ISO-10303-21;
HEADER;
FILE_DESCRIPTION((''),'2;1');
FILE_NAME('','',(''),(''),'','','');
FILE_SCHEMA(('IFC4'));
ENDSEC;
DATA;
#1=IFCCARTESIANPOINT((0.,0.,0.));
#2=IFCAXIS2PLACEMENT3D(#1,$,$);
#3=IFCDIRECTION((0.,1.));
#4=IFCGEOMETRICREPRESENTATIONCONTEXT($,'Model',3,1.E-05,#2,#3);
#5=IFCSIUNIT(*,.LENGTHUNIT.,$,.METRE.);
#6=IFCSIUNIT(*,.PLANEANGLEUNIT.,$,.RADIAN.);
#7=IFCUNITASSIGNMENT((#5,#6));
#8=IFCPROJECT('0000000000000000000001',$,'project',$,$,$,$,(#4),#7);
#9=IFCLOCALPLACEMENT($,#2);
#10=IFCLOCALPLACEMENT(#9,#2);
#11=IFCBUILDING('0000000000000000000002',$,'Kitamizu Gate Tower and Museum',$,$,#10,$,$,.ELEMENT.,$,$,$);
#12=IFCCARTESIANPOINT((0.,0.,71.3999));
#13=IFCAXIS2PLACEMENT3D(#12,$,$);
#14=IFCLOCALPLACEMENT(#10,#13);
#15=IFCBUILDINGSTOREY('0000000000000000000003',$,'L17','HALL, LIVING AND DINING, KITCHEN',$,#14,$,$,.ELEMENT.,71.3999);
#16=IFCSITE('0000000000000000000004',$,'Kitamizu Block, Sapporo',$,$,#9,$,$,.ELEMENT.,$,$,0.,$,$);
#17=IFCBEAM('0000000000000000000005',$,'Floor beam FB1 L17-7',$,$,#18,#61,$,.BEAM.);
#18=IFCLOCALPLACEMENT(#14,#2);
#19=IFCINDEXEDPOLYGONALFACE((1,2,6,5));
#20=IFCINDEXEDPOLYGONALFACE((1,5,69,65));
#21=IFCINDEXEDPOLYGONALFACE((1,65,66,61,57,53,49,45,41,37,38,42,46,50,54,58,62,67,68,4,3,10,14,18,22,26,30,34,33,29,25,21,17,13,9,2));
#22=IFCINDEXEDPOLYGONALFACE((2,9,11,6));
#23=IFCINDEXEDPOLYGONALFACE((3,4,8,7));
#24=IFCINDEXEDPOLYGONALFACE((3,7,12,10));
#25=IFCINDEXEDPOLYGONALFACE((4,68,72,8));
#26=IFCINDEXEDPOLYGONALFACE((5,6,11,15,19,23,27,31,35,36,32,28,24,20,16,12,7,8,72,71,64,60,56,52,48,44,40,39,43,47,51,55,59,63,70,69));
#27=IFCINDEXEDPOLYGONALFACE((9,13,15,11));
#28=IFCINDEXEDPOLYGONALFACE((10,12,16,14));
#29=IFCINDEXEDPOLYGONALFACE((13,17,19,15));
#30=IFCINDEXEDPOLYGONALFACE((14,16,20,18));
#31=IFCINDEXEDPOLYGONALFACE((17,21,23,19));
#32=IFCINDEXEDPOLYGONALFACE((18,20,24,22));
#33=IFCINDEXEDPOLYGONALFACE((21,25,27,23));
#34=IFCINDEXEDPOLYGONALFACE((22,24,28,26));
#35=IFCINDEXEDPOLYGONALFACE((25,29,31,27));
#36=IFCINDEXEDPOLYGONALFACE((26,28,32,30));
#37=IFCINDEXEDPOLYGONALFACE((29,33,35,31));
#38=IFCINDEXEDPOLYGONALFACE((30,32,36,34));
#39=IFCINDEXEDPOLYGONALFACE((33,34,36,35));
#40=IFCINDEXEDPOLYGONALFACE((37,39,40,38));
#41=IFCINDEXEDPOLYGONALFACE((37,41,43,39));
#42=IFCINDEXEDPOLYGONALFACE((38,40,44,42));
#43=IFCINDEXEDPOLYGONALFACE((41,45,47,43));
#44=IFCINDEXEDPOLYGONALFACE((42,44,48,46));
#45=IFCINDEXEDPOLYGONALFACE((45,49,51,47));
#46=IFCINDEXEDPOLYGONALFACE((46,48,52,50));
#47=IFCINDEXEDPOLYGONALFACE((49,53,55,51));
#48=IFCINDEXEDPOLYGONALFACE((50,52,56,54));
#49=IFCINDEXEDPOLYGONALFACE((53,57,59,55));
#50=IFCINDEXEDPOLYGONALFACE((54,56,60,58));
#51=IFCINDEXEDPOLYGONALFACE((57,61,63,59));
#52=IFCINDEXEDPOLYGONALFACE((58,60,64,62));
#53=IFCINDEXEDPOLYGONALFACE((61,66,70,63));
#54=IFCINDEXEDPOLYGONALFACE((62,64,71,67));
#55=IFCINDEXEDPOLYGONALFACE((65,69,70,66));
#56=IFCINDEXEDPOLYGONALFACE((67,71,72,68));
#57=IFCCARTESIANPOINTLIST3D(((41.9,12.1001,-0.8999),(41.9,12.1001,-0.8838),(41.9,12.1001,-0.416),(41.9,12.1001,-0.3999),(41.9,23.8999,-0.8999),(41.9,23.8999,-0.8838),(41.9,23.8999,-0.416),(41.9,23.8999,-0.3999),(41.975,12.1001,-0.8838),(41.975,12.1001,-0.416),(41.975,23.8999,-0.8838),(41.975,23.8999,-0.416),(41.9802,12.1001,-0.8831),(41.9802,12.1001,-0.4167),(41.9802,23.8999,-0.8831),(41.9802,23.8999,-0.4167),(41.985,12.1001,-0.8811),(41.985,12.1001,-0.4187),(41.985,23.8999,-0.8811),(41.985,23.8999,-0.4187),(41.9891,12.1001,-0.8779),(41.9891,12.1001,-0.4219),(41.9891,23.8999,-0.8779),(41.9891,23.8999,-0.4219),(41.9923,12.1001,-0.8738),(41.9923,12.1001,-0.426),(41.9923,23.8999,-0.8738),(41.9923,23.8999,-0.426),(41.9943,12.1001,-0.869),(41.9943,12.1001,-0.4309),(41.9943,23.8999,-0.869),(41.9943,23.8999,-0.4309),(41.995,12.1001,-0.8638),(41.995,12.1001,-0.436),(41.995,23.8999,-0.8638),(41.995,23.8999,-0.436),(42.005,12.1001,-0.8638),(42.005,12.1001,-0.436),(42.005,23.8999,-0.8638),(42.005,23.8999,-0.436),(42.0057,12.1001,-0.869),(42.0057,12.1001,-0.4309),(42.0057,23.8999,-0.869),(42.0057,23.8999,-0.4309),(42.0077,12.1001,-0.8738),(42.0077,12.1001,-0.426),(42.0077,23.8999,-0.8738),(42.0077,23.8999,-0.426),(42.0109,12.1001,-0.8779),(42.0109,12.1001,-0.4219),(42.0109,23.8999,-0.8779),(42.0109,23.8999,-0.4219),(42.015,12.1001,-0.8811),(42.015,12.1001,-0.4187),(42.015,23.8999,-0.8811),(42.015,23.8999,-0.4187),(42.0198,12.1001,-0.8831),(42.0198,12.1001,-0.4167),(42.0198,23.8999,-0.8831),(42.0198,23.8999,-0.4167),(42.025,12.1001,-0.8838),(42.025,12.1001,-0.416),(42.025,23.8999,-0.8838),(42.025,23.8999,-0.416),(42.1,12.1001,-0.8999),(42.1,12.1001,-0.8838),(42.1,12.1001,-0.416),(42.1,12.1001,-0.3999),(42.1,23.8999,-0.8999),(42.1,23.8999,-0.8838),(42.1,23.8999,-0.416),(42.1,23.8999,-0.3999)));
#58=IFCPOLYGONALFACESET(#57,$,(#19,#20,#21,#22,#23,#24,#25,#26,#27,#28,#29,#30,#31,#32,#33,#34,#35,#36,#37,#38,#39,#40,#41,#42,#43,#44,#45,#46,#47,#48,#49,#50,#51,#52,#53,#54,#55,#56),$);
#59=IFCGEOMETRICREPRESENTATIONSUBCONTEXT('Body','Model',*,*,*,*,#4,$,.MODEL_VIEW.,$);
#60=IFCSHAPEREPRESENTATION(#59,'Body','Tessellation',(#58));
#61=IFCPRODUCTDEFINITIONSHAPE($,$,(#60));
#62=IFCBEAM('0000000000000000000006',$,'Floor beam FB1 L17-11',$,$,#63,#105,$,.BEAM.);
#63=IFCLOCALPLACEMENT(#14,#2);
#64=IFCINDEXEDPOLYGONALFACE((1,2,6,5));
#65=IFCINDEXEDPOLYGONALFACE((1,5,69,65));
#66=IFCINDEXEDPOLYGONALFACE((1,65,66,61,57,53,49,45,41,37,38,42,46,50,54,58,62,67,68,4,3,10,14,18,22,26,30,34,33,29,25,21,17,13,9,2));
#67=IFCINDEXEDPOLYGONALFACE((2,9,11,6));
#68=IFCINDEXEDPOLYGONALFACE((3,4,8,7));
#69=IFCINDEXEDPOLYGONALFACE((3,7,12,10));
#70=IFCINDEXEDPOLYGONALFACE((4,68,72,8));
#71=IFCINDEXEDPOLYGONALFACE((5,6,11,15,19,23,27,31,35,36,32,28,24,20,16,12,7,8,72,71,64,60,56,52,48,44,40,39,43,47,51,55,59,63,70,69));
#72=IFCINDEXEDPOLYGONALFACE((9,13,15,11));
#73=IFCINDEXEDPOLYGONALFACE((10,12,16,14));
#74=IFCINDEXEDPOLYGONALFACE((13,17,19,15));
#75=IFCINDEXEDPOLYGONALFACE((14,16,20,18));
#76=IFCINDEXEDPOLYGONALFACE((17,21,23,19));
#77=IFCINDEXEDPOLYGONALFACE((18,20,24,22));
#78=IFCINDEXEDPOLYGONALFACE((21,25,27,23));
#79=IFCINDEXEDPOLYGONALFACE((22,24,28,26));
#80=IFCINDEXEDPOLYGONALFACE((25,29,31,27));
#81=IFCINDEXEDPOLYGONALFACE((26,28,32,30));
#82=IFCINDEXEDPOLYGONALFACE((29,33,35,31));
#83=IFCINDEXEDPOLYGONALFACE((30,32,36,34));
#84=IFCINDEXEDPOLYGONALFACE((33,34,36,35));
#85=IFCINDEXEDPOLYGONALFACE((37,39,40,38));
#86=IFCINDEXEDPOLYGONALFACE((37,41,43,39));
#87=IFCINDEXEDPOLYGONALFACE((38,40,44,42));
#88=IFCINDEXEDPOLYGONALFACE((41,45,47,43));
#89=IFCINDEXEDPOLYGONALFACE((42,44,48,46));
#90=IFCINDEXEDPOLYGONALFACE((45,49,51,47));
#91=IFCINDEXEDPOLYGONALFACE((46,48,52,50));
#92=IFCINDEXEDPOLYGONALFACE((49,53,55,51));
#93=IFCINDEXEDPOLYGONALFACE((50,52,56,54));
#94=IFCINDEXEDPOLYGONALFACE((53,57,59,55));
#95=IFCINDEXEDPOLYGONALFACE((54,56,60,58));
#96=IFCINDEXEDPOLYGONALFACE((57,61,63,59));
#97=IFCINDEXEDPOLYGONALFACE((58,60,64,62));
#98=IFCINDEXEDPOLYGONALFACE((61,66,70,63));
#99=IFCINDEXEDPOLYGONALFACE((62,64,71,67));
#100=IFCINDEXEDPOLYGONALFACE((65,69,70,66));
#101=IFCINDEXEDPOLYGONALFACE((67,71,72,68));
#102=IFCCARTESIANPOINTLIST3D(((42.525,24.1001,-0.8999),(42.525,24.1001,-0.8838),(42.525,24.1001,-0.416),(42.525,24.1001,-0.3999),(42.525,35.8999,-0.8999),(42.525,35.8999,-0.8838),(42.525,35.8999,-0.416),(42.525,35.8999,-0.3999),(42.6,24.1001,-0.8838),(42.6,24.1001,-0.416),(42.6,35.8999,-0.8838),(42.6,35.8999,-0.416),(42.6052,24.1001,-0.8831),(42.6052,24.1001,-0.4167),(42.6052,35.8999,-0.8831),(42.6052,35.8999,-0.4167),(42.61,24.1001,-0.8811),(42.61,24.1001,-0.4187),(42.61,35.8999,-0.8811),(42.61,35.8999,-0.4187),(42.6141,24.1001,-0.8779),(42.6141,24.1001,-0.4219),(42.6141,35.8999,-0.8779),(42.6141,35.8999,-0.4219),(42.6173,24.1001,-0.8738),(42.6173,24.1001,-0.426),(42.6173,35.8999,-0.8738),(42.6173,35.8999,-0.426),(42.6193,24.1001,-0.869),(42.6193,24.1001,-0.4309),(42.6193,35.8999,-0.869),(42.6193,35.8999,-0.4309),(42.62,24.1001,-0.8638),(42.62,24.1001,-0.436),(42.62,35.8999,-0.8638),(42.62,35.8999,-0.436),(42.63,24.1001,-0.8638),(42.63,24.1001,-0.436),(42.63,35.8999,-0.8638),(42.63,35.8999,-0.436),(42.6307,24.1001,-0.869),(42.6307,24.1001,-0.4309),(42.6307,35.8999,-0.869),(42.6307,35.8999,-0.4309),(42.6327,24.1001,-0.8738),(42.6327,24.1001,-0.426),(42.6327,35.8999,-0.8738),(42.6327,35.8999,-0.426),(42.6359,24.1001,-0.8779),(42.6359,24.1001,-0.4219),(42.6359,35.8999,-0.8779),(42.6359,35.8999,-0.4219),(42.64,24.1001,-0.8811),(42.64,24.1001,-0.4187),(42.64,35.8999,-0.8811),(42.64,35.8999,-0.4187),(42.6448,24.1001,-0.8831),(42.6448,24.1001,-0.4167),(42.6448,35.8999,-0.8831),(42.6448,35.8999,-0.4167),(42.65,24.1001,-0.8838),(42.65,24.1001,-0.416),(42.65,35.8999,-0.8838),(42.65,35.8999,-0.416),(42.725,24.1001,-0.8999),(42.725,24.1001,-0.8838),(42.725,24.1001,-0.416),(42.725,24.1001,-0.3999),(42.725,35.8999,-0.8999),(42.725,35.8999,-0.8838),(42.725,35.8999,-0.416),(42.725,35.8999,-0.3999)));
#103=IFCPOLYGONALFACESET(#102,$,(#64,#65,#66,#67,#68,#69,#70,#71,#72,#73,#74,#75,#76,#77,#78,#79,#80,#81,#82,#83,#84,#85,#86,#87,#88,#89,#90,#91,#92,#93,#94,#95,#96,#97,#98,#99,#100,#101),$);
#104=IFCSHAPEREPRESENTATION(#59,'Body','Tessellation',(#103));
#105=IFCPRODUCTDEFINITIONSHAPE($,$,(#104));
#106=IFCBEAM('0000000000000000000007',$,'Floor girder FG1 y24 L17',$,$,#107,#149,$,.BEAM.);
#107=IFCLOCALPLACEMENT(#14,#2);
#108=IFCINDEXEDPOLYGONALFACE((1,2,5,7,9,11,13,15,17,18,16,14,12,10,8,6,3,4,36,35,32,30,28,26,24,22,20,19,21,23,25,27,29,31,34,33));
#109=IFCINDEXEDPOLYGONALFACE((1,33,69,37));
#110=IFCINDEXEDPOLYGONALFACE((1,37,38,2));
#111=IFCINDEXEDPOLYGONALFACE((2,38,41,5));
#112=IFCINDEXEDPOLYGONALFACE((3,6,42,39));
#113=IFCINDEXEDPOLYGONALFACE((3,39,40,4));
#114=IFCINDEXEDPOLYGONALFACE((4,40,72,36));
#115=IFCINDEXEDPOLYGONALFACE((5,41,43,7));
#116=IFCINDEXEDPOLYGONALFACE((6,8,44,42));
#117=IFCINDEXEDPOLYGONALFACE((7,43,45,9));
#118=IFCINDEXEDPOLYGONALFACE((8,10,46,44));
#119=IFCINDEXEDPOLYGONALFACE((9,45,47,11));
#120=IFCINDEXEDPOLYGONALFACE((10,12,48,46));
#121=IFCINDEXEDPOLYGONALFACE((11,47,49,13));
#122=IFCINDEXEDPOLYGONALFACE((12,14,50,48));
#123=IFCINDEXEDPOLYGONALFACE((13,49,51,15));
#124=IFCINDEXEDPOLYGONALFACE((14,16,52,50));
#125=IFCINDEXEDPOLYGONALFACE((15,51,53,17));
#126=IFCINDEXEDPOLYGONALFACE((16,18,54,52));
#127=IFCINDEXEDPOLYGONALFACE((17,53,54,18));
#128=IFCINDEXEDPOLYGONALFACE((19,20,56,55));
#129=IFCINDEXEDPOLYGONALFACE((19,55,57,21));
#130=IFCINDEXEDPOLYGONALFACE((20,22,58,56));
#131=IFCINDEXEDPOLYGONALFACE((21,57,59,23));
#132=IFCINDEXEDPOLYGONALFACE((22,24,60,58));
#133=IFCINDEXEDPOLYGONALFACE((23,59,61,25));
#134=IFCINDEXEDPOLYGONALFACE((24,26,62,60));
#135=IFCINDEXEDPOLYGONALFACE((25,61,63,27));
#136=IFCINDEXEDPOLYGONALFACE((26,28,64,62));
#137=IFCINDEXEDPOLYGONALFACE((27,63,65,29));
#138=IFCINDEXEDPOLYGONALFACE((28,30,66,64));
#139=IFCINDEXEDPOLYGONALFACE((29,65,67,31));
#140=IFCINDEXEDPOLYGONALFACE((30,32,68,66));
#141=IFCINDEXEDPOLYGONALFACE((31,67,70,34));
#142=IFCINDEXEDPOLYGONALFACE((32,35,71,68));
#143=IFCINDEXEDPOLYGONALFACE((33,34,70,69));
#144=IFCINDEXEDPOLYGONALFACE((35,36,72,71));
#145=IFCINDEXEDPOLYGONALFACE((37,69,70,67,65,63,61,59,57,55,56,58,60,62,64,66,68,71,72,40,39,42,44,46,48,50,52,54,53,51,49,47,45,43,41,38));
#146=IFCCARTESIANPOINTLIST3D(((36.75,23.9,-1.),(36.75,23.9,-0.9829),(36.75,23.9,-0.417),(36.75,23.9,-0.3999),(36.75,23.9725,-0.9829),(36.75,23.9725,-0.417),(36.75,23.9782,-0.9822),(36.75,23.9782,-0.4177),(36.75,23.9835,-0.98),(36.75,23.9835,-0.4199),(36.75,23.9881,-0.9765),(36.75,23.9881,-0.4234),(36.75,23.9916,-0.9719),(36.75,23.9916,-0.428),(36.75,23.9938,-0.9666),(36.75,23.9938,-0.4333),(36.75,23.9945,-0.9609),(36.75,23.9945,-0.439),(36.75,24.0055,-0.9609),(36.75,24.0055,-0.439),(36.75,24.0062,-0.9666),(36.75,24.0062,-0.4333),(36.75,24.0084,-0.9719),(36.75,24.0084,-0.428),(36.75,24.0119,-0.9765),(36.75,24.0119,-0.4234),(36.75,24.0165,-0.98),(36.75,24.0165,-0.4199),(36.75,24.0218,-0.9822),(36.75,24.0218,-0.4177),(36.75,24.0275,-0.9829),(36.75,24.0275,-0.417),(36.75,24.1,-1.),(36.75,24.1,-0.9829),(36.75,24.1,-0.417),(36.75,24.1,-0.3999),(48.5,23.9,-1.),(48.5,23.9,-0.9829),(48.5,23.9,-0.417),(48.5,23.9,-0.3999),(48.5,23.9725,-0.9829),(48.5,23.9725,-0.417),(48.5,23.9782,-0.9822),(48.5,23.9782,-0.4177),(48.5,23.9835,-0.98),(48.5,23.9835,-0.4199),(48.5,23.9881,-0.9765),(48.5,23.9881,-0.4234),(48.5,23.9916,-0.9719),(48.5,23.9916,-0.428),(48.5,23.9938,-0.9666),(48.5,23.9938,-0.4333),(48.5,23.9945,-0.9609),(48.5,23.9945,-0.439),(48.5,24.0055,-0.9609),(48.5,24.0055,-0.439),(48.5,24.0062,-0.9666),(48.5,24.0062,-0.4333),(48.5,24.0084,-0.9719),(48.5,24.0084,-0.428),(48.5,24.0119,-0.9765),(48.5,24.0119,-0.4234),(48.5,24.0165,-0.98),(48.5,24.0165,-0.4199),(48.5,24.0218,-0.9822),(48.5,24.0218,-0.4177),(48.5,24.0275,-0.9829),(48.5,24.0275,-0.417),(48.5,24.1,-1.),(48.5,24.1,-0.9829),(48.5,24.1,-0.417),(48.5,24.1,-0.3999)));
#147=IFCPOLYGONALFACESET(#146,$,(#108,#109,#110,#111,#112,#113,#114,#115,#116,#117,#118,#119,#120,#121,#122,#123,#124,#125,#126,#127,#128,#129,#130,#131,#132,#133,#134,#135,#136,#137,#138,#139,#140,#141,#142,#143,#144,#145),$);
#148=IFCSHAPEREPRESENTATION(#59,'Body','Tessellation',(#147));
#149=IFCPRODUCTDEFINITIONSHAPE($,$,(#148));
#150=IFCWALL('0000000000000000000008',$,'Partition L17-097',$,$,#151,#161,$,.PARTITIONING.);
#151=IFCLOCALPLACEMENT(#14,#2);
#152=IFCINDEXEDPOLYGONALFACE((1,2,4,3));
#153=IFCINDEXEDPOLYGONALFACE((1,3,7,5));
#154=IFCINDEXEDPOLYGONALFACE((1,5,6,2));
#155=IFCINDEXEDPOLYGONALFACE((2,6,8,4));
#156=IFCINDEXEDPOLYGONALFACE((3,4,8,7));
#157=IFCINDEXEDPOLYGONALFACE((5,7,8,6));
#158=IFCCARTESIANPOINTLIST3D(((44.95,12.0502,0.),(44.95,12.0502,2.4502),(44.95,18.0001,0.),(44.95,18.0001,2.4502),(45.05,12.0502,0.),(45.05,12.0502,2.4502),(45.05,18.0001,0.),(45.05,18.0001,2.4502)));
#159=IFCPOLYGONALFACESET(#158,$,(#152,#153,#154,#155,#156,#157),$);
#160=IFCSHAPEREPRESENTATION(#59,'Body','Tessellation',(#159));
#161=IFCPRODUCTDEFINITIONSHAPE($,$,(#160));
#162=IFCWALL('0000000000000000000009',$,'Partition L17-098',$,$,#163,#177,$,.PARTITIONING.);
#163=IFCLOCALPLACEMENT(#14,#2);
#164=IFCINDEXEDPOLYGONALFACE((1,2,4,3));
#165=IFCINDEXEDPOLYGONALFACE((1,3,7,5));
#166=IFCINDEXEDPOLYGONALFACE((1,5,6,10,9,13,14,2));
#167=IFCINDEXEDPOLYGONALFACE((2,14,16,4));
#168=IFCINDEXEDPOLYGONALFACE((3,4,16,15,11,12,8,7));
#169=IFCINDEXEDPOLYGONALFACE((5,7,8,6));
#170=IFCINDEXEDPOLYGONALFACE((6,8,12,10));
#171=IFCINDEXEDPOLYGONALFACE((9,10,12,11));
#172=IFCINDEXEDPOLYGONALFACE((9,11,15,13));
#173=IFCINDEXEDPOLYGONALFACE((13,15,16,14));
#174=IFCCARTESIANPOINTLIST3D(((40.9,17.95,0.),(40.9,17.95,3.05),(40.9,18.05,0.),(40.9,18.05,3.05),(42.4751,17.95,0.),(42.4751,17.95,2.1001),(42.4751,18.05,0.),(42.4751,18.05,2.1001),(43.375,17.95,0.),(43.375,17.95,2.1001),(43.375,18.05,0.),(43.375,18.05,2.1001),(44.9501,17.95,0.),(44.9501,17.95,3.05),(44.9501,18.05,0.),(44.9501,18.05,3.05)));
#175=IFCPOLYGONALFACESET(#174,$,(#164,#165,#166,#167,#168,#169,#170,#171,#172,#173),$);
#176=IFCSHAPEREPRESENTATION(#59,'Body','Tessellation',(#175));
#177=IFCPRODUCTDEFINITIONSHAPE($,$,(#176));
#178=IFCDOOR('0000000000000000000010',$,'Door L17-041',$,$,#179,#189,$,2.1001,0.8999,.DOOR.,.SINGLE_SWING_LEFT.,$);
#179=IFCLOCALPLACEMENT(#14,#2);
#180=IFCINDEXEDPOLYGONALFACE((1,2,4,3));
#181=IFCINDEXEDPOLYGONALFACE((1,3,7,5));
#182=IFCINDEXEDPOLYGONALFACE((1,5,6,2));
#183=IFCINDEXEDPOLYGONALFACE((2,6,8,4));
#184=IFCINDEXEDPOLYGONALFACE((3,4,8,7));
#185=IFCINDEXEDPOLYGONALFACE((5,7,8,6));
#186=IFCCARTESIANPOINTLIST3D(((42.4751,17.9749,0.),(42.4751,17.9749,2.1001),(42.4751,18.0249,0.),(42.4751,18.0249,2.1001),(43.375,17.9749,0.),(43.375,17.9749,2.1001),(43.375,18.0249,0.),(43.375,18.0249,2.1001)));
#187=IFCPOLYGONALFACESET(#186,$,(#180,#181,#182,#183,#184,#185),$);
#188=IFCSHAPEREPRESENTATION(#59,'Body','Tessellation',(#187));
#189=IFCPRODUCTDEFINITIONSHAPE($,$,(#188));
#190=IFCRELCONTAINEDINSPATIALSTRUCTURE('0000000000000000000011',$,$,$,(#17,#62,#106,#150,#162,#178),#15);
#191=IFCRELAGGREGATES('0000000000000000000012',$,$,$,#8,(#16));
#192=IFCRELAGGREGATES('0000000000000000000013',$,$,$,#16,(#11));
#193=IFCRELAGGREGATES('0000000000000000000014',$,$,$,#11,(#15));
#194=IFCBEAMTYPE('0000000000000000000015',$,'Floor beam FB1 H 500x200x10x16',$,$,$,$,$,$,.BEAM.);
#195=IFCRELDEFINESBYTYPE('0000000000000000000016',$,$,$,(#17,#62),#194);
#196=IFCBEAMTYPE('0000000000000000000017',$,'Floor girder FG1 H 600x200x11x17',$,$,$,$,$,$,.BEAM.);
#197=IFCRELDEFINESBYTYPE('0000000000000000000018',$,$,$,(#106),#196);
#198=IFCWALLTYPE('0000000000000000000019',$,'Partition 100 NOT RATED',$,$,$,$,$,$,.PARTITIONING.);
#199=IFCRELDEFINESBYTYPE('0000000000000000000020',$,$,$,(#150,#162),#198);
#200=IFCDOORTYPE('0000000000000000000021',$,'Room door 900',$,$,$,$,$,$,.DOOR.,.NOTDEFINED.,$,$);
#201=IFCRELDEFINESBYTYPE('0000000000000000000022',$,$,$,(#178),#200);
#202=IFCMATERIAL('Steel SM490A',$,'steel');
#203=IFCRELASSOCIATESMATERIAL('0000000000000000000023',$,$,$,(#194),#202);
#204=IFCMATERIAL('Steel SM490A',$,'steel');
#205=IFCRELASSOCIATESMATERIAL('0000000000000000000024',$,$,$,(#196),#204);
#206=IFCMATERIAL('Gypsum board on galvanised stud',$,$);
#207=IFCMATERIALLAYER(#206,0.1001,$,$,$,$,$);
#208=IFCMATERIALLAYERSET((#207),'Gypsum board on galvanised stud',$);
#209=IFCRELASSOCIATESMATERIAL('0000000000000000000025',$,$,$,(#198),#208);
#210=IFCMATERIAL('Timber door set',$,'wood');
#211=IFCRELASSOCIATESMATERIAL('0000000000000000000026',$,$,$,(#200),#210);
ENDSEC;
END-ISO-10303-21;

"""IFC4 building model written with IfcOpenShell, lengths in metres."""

from ifc_helpers import new_model, si_unit, direction, frame, frame_2d, origin, origin_2d, place, context, subcontext, project, spatial, rectangle, i_section, extrude, material, layer, layer_set, material_profile, profile_set, type_object, element, fill, save


model = new_model("IFC4")

# Units and contexts
model_context = context("Model", 3, precision=1e-05, world=origin(), true_north=direction((0.0, 1.0)))
body_context = subcontext(model_context, "Body", "Model", "MODEL_VIEW")
ifc_project = project(units=[si_unit("LENGTHUNIT", "METRE"), si_unit("PLANEANGLEUNIT", "RADIAN")], contexts=[model_context])

# Site, building, storey
site_placement = place(None, origin())
site = spatial("IfcSite", under=ifc_project, at=site_placement, Name="Kitamizu Block, Sapporo", CompositionType="ELEMENT", RefElevation=0.0)
building_placement = place(site_placement, origin())
building = spatial("IfcBuilding", under=site, at=building_placement, Name="Kitamizu Gate Tower and Museum", CompositionType="ELEMENT")
storey_placement = place(building_placement, frame((0.0, 0.0, 71.3999)))
storey = spatial("IfcBuildingStorey", under=building, at=storey_placement, Name="L17", Description="HALL, LIVING AND DINING, KITCHEN", CompositionType="ELEMENT", Elevation=71.3999)

# Beams
ifc_material_1 = material(Name="Steel SM490A", Category="steel")
ifc_material_profile_1 = material_profile(ifc_material_1, i_section(OverallWidth=0.2, OverallDepth=0.5, WebThickness=0.01, FlangeThickness=0.0161, FilletRadius=0.02, at=origin_2d()), Name="H-500x200x10x16")
ifc_profile_set_1 = profile_set([ifc_material_profile_1], Name="Steel SM490A")
beam_type_1 = type_object("IfcBeamType", Name="Floor beam FB1 H 500x200x10x16", PredefinedType="BEAM", material=ifc_profile_set_1)
for number, where, z_axis, x_axis, name in (
    (1, (42.0, 12.1001, -0.6499), (0.0, 1.0, 0.0), (-1.0, 0.0, 0.0), "Floor beam FB1 L17-7"),
    (2, (42.625, 24.1001, -0.6499), (0.0, 1.0, 0.0), (-1.0, 0.0, 0.0), "Floor beam FB1 L17-11"),
):
    element("IfcBeam", number, at=place(storey_placement, frame(where, z_axis=z_axis, x_axis=x_axis)), inside=storey, type_object=beam_type_1, Name=name, PredefinedType="BEAM", context=body_context, shape_type="SweptSolid", body=[
        extrude(i_section(OverallWidth=0.2, OverallDepth=0.5, WebThickness=0.01, FlangeThickness=0.0161, FilletRadius=0.02, at=origin_2d()), origin(), (0.0, 0.0, 1.0), 11.7998),
    ])
ifc_material_2 = material(Name="Steel SM490A", Category="steel")
ifc_material_profile_2 = material_profile(ifc_material_2, i_section(OverallWidth=0.2, OverallDepth=0.6001, WebThickness=0.011, FlangeThickness=0.0171, FilletRadius=0.022, at=origin_2d()), Name="H-600x200x11x17")
ifc_profile_set_2 = profile_set([ifc_material_profile_2], Name="Steel SM490A")
beam_type_2 = type_object("IfcBeamType", Name="Floor girder FG1 H 600x200x11x17", PredefinedType="BEAM", material=ifc_profile_set_2)
beam_placement = place(storey_placement, frame((36.75, 24.0, -0.7), z_axis=(1.0, 0.0, 0.0), x_axis=(0.0, 1.0, 0.0)))
element("IfcBeam", 3, at=beam_placement, inside=storey, type_object=beam_type_2, Name="Floor girder FG1 y24 L17", PredefinedType="BEAM", context=body_context, shape_type="SweptSolid", body=[
    extrude(i_section(OverallWidth=0.2, OverallDepth=0.6001, WebThickness=0.011, FlangeThickness=0.0171, FilletRadius=0.022, at=origin_2d()), origin(), (0.0, 0.0, 1.0), 11.75),
])

# Wall
ifc_material_3 = material(Name="Gypsum board on galvanised stud")
ifc_layer_1 = layer(ifc_material_3, 0.1001)
ifc_layer_set_1 = layer_set([ifc_layer_1], Name="Gypsum board on galvanised stud")
wall_type_1 = type_object("IfcWallType", Name="Partition 100 NOT RATED", PredefinedType="PARTITIONING", material=ifc_layer_set_1)
wall_1_placement = place(storey_placement, frame((45.0, 12.05, 0.0), z_axis=(0.0, 0.0, 1.0), x_axis=(0.0, 1.0, 0.0)))
element("IfcWall", 4, at=wall_1_placement, inside=storey, type_object=wall_type_1, Name="Partition L17-097", PredefinedType="PARTITIONING", context=body_context, shape_type="SweptSolid", body=[
    extrude(rectangle(XDim=5.95, YDim=0.1001, at=frame_2d((2.9751, 0.0))), origin(), (0.0, 0.0, 1.0), 2.4502),
])

# Wall, opening, door
wall_2_placement = place(storey_placement, frame((44.95, 18.0, 0.0), z_axis=(0.0, 0.0, 1.0), x_axis=(-1.0, 0.0, 0.0)))
wall_2 = element("IfcWall", 5, at=wall_2_placement, inside=storey, type_object=wall_type_1, Name="Partition L17-098", PredefinedType="PARTITIONING", context=body_context, shape_type="SweptSolid", body=[
    extrude(rectangle(XDim=4.05, YDim=0.1001, at=frame_2d((2.0249, 0.0))), origin(), (0.0, 0.0, 1.0), 3.05),
])
opening_placement = place(wall_2_placement, frame((1.575, 0.0, 0.0)))
opening = element("IfcOpeningElement", 6, at=opening_placement, cuts=wall_2, PredefinedType="OPENING", context=body_context, shape_type="SweptSolid", body=[
    extrude(rectangle(XDim=0.8999, YDim=2.1001, at=frame_2d((0.45, 1.05))), frame((0.0, 0.0601, 0.0), z_axis=(0.0, -1.0, 0.0), x_axis=(1.0, 0.0, 0.0)), (0.0, 0.0, 1.0), 0.1201),
])
ifc_material_4 = material(Name="Timber door set", Category="wood")
door_type = type_object("IfcDoorType", Name="Room door 900", OperationType="NOTDEFINED", PredefinedType="DOOR", material=ifc_material_4)
door_placement = place(opening_placement, frame((0.8999, 0.0, 0.0), x_axis=(-1.0, 0.0, 0.0)))
door = element("IfcDoor", 7, at=door_placement, inside=storey, type_object=door_type, Name="Door L17-041", OperationType="SINGLE_SWING_LEFT", OverallHeight=2.1001, OverallWidth=0.8999, PredefinedType="DOOR", context=body_context, shape_type="SweptSolid", body=[
    extrude(rectangle(XDim=0.8999, YDim=2.1001, at=frame_2d((0.45, 1.05))), frame((0.0, 0.0249, 0.0), z_axis=(0.0, -1.0, 0.0), x_axis=(1.0, 0.0, 0.0)), (0.0, 0.0, 1.0), 0.05),
])
fill(opening, door)

save(model, "model.ifc")
